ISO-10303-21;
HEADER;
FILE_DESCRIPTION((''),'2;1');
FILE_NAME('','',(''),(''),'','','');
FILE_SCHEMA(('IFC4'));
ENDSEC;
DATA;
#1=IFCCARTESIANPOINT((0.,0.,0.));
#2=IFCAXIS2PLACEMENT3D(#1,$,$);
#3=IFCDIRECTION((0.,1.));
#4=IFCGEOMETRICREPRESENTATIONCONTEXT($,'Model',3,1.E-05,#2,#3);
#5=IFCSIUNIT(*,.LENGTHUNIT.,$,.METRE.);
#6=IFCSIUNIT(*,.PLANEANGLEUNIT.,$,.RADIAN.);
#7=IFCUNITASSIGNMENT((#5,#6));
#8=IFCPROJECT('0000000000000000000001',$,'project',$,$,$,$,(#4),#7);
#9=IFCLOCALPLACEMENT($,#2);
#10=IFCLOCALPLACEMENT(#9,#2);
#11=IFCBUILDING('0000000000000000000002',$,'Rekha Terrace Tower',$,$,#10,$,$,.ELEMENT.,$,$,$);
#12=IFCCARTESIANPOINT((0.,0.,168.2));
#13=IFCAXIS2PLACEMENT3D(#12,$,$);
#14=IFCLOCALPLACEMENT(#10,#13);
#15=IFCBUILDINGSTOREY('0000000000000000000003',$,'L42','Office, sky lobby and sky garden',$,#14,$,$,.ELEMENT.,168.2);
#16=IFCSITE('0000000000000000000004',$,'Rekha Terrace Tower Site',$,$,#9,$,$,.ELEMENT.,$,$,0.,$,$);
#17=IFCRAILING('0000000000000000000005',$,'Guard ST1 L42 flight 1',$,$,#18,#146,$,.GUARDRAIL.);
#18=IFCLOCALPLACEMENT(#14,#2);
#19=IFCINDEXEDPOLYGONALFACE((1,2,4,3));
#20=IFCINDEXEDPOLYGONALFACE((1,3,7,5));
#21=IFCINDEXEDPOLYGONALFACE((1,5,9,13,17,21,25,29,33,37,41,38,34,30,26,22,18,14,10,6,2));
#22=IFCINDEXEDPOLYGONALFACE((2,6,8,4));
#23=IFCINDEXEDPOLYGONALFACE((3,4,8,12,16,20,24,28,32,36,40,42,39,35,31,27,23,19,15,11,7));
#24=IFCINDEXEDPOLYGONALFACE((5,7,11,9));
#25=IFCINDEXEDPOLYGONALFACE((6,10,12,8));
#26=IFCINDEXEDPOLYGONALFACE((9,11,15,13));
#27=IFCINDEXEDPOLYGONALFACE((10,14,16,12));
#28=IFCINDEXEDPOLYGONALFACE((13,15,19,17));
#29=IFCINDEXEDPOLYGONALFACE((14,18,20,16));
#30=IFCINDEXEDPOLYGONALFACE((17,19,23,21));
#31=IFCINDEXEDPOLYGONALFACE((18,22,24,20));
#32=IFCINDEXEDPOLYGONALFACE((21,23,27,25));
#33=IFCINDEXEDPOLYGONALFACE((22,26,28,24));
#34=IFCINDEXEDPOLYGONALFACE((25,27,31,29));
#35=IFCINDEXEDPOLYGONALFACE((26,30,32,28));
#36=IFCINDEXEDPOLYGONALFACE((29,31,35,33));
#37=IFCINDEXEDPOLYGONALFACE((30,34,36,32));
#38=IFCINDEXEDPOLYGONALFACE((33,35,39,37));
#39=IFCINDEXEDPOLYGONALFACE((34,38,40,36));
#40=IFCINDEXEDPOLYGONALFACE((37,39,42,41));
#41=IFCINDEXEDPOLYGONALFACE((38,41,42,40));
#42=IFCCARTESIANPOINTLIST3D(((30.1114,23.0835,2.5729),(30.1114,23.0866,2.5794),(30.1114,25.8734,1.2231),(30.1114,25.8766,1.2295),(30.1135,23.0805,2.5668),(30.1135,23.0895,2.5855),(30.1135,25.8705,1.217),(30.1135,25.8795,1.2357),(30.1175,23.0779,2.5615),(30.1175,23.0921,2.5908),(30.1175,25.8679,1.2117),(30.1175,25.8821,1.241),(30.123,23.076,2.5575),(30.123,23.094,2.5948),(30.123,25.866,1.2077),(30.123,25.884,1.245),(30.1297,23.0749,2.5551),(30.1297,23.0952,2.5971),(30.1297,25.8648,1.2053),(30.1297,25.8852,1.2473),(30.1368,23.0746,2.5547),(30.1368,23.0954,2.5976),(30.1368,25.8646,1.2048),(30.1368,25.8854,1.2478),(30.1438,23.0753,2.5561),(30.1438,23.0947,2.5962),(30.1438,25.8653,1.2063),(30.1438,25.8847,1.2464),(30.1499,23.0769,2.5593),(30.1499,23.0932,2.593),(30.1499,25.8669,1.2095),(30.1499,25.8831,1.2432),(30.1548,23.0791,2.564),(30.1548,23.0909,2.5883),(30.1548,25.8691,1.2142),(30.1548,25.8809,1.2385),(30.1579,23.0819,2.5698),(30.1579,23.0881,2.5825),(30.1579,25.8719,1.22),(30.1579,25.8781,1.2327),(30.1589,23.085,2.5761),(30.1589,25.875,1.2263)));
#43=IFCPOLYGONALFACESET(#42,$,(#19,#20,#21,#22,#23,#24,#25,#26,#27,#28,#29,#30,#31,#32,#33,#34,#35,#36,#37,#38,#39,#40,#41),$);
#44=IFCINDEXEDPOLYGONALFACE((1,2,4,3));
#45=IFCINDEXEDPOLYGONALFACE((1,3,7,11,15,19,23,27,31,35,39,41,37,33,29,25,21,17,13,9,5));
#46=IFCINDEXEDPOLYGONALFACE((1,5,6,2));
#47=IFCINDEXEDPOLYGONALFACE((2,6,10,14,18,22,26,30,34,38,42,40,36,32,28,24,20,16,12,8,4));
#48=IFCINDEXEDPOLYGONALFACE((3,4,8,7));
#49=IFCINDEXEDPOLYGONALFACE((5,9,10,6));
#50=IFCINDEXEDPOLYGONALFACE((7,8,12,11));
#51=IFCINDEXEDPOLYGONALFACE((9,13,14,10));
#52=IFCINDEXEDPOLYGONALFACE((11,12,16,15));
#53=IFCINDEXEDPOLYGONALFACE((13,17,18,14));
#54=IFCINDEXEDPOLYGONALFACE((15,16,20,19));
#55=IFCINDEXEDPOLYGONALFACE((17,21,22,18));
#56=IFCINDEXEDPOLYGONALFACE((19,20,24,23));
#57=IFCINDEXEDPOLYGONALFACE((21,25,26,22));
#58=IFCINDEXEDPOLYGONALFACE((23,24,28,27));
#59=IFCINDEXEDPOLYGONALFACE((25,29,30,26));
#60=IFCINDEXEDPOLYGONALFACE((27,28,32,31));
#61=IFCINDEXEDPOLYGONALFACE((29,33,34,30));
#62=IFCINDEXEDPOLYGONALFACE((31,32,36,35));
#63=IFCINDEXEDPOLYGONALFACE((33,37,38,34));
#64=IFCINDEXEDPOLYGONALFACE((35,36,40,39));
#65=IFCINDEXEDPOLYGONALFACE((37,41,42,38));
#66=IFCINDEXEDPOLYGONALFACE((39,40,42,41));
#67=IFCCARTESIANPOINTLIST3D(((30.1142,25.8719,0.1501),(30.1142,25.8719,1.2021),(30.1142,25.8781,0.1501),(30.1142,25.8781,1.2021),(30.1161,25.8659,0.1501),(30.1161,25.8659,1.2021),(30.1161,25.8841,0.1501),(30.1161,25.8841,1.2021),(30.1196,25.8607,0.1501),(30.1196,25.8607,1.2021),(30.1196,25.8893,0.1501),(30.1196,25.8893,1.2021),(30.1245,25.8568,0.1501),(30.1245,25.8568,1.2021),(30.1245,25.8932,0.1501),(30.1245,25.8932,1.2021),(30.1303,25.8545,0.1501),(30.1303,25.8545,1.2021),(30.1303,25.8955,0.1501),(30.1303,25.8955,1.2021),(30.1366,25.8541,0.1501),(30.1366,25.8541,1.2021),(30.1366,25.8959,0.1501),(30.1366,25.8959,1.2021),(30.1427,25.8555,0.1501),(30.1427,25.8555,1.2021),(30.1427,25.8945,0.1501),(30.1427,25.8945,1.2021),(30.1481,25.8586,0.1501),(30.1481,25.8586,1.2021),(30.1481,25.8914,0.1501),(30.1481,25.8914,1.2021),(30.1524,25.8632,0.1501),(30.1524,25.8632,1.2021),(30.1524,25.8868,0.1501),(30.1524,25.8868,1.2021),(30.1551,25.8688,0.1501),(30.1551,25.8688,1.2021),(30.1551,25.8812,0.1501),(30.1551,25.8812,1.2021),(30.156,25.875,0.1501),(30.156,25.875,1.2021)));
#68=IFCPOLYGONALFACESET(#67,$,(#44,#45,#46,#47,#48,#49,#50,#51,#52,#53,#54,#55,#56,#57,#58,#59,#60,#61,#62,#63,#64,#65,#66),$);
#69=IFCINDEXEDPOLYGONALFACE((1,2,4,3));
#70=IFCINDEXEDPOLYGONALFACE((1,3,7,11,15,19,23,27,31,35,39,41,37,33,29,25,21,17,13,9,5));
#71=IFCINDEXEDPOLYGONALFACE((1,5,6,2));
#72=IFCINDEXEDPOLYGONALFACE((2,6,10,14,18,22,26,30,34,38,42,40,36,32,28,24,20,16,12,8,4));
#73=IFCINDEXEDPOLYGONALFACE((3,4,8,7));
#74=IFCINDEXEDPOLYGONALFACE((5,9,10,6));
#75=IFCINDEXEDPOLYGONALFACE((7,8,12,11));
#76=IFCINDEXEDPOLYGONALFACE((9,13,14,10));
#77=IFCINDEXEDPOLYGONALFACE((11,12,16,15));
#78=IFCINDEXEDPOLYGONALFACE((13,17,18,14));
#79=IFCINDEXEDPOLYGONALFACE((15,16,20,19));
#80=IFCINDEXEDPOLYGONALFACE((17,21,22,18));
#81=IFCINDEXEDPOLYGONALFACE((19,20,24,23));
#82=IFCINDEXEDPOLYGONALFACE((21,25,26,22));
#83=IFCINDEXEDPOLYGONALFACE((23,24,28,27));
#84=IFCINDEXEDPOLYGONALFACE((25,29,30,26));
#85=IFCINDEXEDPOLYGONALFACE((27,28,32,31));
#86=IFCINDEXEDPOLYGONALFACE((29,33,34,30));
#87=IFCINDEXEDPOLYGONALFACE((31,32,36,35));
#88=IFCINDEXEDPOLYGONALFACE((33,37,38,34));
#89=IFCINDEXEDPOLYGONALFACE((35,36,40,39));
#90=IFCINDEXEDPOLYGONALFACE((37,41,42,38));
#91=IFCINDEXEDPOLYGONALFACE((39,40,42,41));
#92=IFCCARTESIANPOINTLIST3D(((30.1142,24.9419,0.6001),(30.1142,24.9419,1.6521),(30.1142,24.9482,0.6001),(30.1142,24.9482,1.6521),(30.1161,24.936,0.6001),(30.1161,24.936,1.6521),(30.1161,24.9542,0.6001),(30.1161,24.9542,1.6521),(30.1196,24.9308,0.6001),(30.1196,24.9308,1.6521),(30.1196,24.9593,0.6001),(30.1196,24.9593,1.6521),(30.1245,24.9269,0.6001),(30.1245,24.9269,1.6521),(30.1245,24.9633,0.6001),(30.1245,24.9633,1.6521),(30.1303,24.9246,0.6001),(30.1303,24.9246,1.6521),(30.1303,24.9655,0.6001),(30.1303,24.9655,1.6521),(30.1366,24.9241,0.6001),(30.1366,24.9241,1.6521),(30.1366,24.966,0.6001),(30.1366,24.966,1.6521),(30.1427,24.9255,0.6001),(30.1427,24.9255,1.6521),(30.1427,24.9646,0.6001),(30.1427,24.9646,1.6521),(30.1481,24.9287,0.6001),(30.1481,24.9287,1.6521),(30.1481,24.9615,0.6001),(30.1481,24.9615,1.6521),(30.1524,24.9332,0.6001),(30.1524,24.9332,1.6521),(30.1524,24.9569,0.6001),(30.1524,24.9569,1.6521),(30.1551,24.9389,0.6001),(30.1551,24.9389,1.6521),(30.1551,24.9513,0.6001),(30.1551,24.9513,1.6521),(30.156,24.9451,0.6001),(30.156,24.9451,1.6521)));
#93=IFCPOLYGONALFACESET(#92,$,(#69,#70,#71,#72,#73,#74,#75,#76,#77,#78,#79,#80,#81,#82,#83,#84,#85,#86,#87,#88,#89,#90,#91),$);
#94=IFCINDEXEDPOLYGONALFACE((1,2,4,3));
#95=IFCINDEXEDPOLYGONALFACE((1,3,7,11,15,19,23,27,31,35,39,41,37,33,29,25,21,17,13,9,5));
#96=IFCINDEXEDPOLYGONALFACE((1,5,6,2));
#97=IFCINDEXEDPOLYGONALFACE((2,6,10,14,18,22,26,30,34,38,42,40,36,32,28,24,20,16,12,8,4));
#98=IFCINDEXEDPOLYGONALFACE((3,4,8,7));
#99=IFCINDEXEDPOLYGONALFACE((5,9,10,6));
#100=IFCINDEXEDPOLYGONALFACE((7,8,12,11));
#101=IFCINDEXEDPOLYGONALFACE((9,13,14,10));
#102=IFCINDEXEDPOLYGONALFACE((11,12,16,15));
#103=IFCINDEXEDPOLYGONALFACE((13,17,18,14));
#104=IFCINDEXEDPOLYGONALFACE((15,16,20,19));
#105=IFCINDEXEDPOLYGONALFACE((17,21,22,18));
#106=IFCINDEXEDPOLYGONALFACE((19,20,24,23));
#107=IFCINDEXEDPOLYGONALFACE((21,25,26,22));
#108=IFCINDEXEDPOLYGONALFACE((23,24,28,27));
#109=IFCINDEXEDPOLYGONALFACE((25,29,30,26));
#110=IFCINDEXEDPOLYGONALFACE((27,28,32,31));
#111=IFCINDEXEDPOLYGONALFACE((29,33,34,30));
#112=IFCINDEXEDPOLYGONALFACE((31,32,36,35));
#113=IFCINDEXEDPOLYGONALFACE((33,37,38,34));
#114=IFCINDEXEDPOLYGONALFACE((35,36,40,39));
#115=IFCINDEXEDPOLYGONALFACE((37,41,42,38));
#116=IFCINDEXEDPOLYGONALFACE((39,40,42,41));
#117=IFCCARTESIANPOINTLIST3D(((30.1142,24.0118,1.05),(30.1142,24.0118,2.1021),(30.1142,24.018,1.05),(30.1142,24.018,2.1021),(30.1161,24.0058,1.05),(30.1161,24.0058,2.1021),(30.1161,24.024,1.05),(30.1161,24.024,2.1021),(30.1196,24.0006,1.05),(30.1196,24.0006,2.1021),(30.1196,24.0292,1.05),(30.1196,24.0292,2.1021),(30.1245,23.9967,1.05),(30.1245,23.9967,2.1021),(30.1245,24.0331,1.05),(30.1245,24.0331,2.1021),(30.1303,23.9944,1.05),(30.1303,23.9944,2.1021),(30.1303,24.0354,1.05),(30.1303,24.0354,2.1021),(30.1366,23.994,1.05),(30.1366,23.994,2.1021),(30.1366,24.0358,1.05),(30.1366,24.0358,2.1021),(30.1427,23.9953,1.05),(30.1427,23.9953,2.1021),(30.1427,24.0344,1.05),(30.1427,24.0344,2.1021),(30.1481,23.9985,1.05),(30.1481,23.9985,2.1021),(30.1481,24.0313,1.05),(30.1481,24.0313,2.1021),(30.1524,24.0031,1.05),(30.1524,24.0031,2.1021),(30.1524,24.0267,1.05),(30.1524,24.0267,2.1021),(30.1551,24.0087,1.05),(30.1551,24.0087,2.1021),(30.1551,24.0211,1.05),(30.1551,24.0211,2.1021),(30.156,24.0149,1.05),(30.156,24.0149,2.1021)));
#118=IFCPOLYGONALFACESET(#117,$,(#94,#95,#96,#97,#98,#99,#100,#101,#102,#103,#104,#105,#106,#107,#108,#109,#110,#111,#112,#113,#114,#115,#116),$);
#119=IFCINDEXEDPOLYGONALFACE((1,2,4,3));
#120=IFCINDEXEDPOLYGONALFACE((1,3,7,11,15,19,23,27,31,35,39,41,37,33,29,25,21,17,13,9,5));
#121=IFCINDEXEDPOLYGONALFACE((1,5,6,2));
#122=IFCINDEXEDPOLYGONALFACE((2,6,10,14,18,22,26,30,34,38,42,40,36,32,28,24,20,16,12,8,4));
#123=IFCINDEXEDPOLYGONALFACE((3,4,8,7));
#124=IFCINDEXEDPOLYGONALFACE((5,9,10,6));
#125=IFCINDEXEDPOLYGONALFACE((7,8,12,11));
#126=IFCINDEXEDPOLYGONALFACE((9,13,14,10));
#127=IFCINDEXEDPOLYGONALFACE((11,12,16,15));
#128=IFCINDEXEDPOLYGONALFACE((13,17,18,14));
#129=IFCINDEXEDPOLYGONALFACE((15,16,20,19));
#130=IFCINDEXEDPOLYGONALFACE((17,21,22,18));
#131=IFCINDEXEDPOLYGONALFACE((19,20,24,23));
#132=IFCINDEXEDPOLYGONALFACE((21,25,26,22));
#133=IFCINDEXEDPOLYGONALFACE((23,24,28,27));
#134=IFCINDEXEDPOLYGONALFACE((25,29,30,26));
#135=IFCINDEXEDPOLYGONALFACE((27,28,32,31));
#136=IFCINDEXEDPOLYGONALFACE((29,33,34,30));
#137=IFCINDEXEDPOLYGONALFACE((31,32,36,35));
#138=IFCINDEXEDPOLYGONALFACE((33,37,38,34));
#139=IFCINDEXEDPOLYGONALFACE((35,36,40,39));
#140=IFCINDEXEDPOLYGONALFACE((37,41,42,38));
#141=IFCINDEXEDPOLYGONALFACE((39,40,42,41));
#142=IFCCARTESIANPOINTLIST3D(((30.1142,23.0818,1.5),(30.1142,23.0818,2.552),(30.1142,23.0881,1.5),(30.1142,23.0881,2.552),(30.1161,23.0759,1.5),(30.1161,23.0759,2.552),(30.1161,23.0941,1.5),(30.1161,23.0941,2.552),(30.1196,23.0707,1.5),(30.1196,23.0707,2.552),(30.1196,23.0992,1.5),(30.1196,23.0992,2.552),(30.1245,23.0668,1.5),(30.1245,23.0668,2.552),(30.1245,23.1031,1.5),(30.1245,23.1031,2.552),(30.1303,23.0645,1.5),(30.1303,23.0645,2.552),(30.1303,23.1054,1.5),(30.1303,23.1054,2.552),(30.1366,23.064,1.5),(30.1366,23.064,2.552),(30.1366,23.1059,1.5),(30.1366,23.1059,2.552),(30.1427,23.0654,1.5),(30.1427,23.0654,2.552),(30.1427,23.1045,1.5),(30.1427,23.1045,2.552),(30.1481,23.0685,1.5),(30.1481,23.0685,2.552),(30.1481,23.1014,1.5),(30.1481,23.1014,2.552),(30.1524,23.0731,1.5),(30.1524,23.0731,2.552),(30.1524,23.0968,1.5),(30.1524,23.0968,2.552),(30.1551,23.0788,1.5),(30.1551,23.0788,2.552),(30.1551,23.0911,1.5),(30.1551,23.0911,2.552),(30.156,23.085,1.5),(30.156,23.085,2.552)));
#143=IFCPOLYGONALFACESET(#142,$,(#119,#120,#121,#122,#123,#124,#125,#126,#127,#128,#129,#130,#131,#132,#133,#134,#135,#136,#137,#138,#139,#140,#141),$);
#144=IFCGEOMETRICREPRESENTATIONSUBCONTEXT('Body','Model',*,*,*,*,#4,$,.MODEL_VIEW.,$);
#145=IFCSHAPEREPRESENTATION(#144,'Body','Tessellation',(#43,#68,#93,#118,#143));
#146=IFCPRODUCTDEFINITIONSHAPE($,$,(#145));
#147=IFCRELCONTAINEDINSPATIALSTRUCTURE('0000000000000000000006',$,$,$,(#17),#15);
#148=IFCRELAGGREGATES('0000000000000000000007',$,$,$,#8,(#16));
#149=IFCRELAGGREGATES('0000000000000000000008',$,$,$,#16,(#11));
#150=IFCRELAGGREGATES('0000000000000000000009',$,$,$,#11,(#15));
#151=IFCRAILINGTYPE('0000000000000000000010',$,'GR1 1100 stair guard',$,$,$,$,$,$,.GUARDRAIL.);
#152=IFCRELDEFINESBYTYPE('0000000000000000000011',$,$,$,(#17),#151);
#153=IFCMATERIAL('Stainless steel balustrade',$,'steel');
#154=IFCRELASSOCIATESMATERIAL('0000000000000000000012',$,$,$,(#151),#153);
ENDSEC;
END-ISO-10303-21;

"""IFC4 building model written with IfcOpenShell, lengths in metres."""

from ifc_helpers import new_model, si_unit, direction, frame, origin, origin_2d, place, context, subcontext, project, spatial, circle, extrude, material, type_object, element, save


model = new_model("IFC4")

# Units and contexts
model_context = context("Model", 3, precision=1e-05, world=origin(), true_north=direction((0.0, 1.0)))
body_context = subcontext(model_context, "Body", "Model", "MODEL_VIEW")
ifc_project = project(units=[si_unit("LENGTHUNIT", "METRE"), si_unit("PLANEANGLEUNIT", "RADIAN")], contexts=[model_context])

# Site, building, storey
site_placement = place(None, origin())
site = spatial("IfcSite", under=ifc_project, at=site_placement, Name="Rekha Terrace Tower Site", CompositionType="ELEMENT", RefElevation=0.0)
building_placement = place(site_placement, origin())
building = spatial("IfcBuilding", under=site, at=building_placement, Name="Rekha Terrace Tower", CompositionType="ELEMENT")
storey_placement = place(building_placement, frame((0.0, 0.0, 168.2)))
storey = spatial("IfcBuildingStorey", under=building, at=storey_placement, Name="L42", Description="Office, sky lobby and sky garden", CompositionType="ELEMENT", Elevation=168.2)

# Railing
ifc_material_1 = material(Name="Stainless steel balustrade", Category="steel")
railing_type_1 = type_object("IfcRailingType", Name="GR1 1100 stair guard", PredefinedType="GUARDRAIL", material=ifc_material_1)
railing_1_placement = place(storey_placement, frame((30.135, 25.875, 0.1501)))
element("IfcRailing", 1, at=railing_1_placement, inside=storey, type_object=railing_type_1, Name="Guard ST1 L42 flight 1", PredefinedType="GUARDRAIL", context=body_context, shape_type="SweptSolid", body=[
    extrude(circle(Radius=0.0239, at=origin_2d()), frame((0.0, 0.0, 1.0762), z_axis=(0.0, -0.90018, 0.435518), x_axis=(1.0, 0.0, 0.0)), (0.0, 0.0, 1.0), 3.0994),
    extrude(circle(Radius=0.021, at=origin_2d()), origin(), (0.0, 0.0, 1.0), 1.052),
    extrude(circle(Radius=0.021, at=origin_2d()), frame((0.0, -0.9299, 0.45)), (0.0, 0.0, 1.0), 1.052),
    extrude(circle(Radius=0.021, at=origin_2d()), frame((0.0, -1.8601, 0.8999)), (0.0, 0.0, 1.0), 1.052),
    extrude(circle(Radius=0.021, at=origin_2d()), frame((0.0, -2.79, 1.3499)), (0.0, 0.0, 1.0), 1.052),
])

save(model, "model.ifc")
